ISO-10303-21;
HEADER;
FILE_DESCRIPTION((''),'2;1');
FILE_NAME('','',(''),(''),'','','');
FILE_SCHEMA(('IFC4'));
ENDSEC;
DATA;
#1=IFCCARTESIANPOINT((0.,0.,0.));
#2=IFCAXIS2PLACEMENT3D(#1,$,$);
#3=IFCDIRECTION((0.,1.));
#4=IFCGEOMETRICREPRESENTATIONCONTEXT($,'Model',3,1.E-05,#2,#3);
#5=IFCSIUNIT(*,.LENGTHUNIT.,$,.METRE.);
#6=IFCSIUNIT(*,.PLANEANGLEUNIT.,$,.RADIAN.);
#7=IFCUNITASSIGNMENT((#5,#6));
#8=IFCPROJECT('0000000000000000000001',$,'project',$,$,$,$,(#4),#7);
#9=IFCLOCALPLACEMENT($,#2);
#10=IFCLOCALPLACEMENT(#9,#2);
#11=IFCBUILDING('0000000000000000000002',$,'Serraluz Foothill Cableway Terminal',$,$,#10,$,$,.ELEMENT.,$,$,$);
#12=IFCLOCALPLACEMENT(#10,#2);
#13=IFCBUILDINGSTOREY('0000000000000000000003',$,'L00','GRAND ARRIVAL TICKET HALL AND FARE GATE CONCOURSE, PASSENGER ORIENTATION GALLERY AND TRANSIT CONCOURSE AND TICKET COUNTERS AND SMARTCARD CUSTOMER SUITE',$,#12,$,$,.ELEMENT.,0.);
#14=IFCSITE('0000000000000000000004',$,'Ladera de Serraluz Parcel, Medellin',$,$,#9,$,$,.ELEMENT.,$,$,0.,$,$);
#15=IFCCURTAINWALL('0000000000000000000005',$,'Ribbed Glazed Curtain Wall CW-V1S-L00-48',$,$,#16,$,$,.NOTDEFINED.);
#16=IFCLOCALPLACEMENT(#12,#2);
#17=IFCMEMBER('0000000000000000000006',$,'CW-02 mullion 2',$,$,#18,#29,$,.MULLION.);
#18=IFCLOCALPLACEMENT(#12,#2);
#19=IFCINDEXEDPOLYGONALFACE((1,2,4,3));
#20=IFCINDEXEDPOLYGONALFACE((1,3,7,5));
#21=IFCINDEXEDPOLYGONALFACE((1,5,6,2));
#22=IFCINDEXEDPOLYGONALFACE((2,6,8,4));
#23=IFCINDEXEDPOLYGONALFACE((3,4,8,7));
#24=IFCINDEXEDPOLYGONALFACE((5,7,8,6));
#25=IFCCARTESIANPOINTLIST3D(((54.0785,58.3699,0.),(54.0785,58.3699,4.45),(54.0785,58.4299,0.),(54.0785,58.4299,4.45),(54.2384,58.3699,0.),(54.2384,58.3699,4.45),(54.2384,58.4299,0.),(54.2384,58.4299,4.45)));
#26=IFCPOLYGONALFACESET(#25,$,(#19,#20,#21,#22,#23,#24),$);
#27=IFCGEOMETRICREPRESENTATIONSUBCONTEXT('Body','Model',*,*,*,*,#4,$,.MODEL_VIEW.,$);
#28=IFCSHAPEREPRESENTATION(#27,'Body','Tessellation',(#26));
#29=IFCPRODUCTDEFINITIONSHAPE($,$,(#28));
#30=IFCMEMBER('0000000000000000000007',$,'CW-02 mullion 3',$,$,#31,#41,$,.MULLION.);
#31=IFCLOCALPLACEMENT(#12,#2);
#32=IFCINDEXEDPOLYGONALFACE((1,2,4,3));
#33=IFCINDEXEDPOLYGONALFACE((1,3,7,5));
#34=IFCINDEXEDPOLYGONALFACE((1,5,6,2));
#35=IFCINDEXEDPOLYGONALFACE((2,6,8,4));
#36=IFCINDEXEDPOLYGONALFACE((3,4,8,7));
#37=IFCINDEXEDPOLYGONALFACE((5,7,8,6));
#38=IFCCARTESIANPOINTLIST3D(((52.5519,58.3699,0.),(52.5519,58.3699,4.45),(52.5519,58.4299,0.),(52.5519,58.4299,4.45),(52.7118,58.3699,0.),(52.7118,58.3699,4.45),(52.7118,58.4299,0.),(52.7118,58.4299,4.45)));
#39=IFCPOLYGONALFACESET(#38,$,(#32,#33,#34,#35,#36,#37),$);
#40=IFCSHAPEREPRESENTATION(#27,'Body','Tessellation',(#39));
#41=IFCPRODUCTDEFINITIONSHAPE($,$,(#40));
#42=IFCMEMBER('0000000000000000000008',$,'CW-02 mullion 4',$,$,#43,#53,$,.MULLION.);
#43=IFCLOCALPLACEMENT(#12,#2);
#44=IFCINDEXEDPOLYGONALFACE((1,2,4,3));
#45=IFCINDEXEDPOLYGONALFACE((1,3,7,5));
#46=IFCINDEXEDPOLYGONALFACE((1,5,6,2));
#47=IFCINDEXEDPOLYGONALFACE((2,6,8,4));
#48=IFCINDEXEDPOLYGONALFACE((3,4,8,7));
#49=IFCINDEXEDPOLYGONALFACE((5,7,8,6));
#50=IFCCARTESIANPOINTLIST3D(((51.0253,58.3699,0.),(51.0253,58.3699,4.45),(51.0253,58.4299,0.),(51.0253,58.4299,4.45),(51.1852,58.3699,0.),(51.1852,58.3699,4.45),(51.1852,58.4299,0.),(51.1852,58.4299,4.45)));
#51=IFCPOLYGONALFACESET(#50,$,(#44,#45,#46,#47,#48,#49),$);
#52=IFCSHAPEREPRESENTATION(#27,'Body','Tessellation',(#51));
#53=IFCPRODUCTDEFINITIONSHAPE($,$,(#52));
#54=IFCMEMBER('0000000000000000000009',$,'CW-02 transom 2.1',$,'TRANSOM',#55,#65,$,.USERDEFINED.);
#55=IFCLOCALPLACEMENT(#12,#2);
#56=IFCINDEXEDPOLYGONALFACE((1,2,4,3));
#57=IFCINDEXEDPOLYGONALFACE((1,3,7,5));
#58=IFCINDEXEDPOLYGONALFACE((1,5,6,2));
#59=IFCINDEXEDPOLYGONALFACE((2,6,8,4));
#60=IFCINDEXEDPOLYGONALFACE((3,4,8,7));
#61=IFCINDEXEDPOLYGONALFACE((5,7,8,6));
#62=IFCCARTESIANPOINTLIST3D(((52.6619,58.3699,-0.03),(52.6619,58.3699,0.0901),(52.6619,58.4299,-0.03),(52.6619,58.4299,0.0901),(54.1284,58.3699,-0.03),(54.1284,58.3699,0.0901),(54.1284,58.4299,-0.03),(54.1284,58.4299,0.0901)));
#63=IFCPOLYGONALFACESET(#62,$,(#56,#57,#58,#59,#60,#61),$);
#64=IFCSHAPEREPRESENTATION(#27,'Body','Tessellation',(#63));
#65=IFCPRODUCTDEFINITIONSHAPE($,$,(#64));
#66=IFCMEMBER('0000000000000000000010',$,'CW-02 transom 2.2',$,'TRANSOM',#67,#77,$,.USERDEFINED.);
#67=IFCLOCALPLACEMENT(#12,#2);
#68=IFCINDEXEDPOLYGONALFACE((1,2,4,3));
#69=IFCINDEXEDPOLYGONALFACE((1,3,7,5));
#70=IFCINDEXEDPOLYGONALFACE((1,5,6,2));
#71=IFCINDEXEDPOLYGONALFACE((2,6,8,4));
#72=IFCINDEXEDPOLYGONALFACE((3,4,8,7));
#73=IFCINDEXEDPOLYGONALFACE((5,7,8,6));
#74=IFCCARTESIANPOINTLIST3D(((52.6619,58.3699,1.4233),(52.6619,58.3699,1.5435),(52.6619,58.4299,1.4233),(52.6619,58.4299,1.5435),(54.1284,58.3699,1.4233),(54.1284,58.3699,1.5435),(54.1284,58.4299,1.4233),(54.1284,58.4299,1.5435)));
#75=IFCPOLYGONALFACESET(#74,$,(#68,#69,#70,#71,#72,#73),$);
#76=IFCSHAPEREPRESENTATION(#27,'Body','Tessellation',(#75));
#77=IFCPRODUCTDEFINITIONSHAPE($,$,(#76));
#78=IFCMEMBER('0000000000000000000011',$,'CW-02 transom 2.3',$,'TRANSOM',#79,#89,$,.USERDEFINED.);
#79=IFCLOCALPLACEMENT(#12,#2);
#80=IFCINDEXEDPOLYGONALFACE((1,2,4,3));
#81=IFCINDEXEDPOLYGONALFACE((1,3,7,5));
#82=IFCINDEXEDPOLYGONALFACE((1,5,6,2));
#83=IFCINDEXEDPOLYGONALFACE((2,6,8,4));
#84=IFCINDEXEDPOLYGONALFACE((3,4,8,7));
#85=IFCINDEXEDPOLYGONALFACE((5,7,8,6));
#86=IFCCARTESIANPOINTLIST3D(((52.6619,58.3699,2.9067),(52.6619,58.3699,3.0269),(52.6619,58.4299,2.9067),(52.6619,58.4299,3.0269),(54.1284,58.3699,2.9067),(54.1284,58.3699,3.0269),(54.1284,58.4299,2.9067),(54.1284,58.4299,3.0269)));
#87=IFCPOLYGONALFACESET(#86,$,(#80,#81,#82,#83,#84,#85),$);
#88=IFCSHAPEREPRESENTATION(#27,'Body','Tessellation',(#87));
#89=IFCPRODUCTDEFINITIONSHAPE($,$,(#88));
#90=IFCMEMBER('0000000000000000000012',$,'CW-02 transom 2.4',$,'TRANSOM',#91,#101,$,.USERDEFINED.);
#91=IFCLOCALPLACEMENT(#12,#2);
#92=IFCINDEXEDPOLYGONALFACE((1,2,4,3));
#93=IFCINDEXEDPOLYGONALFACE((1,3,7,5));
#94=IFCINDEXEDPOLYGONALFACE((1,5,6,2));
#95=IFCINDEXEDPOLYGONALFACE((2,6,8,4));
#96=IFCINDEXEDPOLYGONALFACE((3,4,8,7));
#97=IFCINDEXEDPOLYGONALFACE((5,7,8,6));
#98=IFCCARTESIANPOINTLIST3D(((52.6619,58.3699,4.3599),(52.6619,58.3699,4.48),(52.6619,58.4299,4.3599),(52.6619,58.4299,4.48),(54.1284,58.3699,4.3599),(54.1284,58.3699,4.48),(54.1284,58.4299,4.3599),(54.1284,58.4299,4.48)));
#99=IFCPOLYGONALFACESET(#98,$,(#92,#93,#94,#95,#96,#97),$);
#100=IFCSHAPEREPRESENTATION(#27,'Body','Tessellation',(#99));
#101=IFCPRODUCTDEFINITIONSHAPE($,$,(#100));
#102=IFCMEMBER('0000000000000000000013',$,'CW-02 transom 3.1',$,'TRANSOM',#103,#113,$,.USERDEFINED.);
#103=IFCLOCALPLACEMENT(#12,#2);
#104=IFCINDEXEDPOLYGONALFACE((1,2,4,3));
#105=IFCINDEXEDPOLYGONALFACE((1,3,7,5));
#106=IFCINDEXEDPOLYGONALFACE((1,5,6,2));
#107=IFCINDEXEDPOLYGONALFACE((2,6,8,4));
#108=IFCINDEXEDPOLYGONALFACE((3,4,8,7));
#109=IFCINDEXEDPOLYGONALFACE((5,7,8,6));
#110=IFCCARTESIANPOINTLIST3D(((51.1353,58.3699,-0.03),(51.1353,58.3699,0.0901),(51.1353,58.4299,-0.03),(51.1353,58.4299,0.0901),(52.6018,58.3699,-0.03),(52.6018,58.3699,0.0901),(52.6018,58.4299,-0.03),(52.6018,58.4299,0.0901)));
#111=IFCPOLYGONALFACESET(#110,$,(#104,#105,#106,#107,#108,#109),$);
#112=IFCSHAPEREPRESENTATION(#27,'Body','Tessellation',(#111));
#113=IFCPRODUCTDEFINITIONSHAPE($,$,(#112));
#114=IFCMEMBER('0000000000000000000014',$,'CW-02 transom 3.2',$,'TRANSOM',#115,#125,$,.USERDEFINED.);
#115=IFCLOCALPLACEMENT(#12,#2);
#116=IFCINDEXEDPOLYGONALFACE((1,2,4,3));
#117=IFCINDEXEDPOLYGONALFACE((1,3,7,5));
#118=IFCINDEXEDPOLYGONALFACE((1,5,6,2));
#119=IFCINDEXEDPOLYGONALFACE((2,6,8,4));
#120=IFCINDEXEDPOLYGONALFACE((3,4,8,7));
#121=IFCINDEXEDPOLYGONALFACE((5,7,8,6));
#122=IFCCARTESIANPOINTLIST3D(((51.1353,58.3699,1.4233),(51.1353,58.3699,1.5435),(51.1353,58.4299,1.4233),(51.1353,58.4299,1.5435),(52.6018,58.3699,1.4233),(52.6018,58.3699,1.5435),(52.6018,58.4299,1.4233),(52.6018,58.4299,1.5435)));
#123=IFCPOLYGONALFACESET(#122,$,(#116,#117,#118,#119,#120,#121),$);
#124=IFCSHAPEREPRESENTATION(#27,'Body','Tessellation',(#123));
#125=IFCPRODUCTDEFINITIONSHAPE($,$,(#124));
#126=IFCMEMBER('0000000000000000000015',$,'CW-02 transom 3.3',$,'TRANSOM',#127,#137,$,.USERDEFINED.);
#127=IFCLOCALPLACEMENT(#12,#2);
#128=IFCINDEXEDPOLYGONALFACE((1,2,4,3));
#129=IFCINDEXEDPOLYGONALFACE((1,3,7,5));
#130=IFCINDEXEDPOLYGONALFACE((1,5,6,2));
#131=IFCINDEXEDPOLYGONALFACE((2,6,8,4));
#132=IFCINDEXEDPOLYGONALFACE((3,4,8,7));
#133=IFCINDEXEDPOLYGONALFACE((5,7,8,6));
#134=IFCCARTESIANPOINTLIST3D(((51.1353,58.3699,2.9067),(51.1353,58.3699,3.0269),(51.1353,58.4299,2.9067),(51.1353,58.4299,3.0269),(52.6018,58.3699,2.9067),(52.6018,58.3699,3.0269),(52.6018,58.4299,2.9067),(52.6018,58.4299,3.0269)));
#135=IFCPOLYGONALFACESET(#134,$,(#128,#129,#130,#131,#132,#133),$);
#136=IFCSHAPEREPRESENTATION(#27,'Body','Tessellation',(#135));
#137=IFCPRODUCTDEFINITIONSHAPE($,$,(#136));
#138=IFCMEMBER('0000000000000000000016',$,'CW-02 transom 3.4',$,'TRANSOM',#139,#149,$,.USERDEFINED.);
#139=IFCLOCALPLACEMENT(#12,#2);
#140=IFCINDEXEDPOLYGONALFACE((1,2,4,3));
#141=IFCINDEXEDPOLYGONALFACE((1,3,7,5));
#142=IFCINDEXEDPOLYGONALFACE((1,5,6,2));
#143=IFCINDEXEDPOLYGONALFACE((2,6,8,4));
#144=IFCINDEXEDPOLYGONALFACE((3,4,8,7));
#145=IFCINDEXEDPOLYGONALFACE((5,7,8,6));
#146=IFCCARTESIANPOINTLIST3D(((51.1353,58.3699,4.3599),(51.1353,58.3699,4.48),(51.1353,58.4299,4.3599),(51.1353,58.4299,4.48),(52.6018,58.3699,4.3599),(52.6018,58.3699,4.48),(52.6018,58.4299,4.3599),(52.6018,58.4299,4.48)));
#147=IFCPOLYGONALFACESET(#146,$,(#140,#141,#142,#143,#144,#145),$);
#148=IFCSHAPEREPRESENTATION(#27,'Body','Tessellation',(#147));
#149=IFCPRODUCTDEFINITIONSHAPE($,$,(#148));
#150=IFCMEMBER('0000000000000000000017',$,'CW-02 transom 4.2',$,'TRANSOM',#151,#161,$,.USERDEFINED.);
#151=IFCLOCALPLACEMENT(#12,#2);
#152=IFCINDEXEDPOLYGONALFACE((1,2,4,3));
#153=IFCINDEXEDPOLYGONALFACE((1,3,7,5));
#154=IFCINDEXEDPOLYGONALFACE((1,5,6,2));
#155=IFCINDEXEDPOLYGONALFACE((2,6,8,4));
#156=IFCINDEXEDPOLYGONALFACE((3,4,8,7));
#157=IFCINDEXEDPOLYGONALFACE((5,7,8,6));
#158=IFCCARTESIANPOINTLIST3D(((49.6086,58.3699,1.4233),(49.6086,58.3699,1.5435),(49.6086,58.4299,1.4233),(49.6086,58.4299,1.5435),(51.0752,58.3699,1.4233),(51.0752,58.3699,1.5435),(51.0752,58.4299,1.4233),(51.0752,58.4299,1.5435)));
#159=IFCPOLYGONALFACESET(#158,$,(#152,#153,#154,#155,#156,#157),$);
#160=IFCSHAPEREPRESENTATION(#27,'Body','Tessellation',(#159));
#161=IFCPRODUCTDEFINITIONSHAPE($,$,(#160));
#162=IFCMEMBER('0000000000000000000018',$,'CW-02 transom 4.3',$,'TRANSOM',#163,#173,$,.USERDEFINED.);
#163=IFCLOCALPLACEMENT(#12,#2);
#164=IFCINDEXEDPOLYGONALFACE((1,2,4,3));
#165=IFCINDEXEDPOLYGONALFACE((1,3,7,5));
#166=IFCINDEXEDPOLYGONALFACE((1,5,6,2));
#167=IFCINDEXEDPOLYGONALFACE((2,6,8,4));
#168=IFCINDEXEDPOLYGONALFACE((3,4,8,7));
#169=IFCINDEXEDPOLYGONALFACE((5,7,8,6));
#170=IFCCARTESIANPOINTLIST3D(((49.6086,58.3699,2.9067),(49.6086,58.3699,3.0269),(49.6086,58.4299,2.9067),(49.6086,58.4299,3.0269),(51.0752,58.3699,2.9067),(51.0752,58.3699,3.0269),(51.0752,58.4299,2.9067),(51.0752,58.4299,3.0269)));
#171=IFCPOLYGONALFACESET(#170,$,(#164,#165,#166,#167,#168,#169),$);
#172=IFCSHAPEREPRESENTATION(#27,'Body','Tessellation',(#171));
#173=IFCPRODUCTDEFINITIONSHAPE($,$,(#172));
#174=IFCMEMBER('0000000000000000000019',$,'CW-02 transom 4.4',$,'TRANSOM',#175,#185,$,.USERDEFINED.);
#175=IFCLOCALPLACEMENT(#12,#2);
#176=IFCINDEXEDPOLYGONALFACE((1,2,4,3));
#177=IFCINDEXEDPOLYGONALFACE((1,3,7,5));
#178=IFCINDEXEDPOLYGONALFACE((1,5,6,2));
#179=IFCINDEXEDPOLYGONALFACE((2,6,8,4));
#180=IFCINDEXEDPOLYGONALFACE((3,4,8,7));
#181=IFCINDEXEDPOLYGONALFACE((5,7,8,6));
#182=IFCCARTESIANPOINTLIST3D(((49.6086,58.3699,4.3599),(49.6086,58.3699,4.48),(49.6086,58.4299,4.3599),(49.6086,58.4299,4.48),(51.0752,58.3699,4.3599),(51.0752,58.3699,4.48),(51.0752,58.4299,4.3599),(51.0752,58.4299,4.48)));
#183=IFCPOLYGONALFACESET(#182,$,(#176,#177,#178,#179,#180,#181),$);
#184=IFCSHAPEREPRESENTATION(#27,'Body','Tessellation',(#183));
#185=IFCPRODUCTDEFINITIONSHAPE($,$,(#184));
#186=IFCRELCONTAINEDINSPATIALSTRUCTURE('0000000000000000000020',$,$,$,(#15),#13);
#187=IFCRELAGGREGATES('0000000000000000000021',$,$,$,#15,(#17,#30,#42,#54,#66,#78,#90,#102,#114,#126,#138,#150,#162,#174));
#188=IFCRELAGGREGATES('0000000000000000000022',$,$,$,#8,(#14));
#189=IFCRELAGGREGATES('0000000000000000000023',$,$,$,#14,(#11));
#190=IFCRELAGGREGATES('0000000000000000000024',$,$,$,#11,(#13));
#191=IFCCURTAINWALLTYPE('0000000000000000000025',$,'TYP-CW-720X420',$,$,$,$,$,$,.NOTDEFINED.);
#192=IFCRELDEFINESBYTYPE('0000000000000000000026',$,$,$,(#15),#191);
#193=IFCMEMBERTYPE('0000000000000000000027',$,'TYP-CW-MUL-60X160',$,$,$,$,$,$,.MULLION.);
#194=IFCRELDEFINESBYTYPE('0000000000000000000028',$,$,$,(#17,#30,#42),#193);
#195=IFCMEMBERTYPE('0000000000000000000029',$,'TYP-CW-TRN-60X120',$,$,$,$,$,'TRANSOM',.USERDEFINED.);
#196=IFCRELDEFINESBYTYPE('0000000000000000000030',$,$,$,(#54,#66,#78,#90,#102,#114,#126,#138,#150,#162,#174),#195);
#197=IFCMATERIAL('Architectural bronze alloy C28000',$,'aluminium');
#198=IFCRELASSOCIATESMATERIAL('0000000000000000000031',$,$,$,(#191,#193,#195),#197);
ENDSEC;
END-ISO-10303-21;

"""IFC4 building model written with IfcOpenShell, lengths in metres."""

from ifc_helpers import new_model, si_unit, direction, frame, origin, origin_2d, place, context, subcontext, project, spatial, rectangle, extrude, material, material_profile, profile_set, type_object, element, aggregate, save


model = new_model("IFC4")

# Units and contexts
model_context = context("Model", 3, precision=1e-05, world=origin(), true_north=direction((0.0, 1.0)))
body_context = subcontext(model_context, "Body", "Model", "MODEL_VIEW")
ifc_project = project(units=[si_unit("LENGTHUNIT", "METRE"), si_unit("PLANEANGLEUNIT", "RADIAN")], contexts=[model_context])

# Site, building, storey
site_placement = place(None, origin())
site = spatial("IfcSite", under=ifc_project, at=site_placement, Name="Ladera de Serraluz Parcel, Medellin", CompositionType="ELEMENT", RefElevation=0.0)
building_placement = place(site_placement, origin())
building = spatial("IfcBuilding", under=site, at=building_placement, Name="Serraluz Foothill Cableway Terminal", CompositionType="ELEMENT")
storey_placement = place(building_placement, origin())
storey = spatial("IfcBuildingStorey", under=building, at=storey_placement, Name="L00", Description="GRAND ARRIVAL TICKET HALL AND FARE GATE CONCOURSE, PASSENGER ORIENTATION GALLERY AND TRANSIT CONCOURSE AND TICKET COUNTERS AND SMARTCARD CUSTOMER SUITE", CompositionType="ELEMENT", Elevation=0.0)

# Curtain wall, members
ifc_material_1 = material(Name="Architectural bronze alloy C28000", Category="aluminium")
curtain_wall_type = type_object("IfcCurtainWallType", Name="TYP-CW-720X420", PredefinedType="NOTDEFINED", material=ifc_material_1)
curtain_wall_placement = place(storey_placement, origin())
curtain_wall = element("IfcCurtainWall", 1, at=curtain_wall_placement, inside=storey, type_object=curtain_wall_type, Name="Ribbed Glazed Curtain Wall CW-V1S-L00-48", PredefinedType="NOTDEFINED")
ifc_material_profile_1 = material_profile(ifc_material_1, rectangle(XDim=0.0601, YDim=0.1599, at=origin_2d()), Name="ALU MULLION 60x160")
ifc_profile_set_1 = profile_set([ifc_material_profile_1], Name="Architectural bronze alloy C28000")
member_type_1 = type_object("IfcMemberType", Name="TYP-CW-MUL-60X160", PredefinedType="MULLION", material=ifc_profile_set_1)
member_1_placement = place(storey_placement, frame((54.1584, 58.3999, 0.0), z_axis=(0.0, 0.0, 1.0), x_axis=(0.0, -1.0, 0.0)))
member_1 = element("IfcMember", 2, at=member_1_placement, type_object=member_type_1, Name="CW-02 mullion 2", PredefinedType="MULLION", context=body_context, shape_type="SweptSolid", body=[
    extrude(rectangle(XDim=0.0601, YDim=0.1599, at=origin_2d()), origin(), (0.0, 0.0, 1.0), 4.45),
])
member_2_placement = place(storey_placement, frame((52.6318, 58.3999, 0.0), z_axis=(0.0, 0.0, 1.0), x_axis=(0.0, -1.0, 0.0)))
member_2 = element("IfcMember", 3, at=member_2_placement, type_object=member_type_1, Name="CW-02 mullion 3", PredefinedType="MULLION", context=body_context, shape_type="SweptSolid", body=[
    extrude(rectangle(XDim=0.0601, YDim=0.1599, at=origin_2d()), origin(), (0.0, 0.0, 1.0), 4.45),
])
member_3_placement = place(storey_placement, frame((51.1052, 58.3999, 0.0), z_axis=(0.0, 0.0, 1.0), x_axis=(0.0, -1.0, 0.0)))
member_3 = element("IfcMember", 4, at=member_3_placement, type_object=member_type_1, Name="CW-02 mullion 4", PredefinedType="MULLION", context=body_context, shape_type="SweptSolid", body=[
    extrude(rectangle(XDim=0.0601, YDim=0.1599, at=origin_2d()), origin(), (0.0, 0.0, 1.0), 4.45),
])
ifc_material_profile_2 = material_profile(ifc_material_1, rectangle(XDim=0.0601, YDim=0.1201, at=origin_2d()), Name="ALU TRANSOM 60x120")
ifc_profile_set_2 = profile_set([ifc_material_profile_2], Name="Architectural bronze alloy C28000")
member_type_2 = type_object("IfcMemberType", Name="TYP-CW-TRN-60X120", ElementType="TRANSOM", PredefinedType="USERDEFINED", material=ifc_profile_set_2)
member_4_placement = place(storey_placement, frame((54.1284, 58.3999, 0.03), z_axis=(-1.0, 0.0, 0.0), x_axis=(0.0, -1.0, 0.0)))
member_4 = element("IfcMember", 5, at=member_4_placement, type_object=member_type_2, Name="CW-02 transom 2.1", ObjectType="TRANSOM", PredefinedType="USERDEFINED", context=body_context, shape_type="SweptSolid", body=[
    extrude(rectangle(XDim=0.0601, YDim=0.1201, at=origin_2d()), origin(), (0.0, 0.0, 1.0), 1.4666),
])
member_5_placement = place(storey_placement, frame((54.1284, 58.3999, 1.4834), z_axis=(-1.0, 0.0, 0.0), x_axis=(0.0, -1.0, 0.0)))
member_5 = element("IfcMember", 6, at=member_5_placement, type_object=member_type_2, Name="CW-02 transom 2.2", ObjectType="TRANSOM", PredefinedType="USERDEFINED", context=body_context, shape_type="SweptSolid", body=[
    extrude(rectangle(XDim=0.0601, YDim=0.1201, at=origin_2d()), origin(), (0.0, 0.0, 1.0), 1.4666),
])
member_6_placement = place(storey_placement, frame((54.1284, 58.3999, 2.9668), z_axis=(-1.0, 0.0, 0.0), x_axis=(0.0, -1.0, 0.0)))
member_6 = element("IfcMember", 7, at=member_6_placement, type_object=member_type_2, Name="CW-02 transom 2.3", ObjectType="TRANSOM", PredefinedType="USERDEFINED", context=body_context, shape_type="SweptSolid", body=[
    extrude(rectangle(XDim=0.0601, YDim=0.1201, at=origin_2d()), origin(), (0.0, 0.0, 1.0), 1.4666),
])
member_7_placement = place(storey_placement, frame((54.1284, 58.3999, 4.4199), z_axis=(-1.0, 0.0, 0.0), x_axis=(0.0, -1.0, 0.0)))
member_7 = element("IfcMember", 8, at=member_7_placement, type_object=member_type_2, Name="CW-02 transom 2.4", ObjectType="TRANSOM", PredefinedType="USERDEFINED", context=body_context, shape_type="SweptSolid", body=[
    extrude(rectangle(XDim=0.0601, YDim=0.1201, at=origin_2d()), origin(), (0.0, 0.0, 1.0), 1.4666),
])
member_8_placement = place(storey_placement, frame((52.6018, 58.3999, 0.03), z_axis=(-1.0, 0.0, 0.0), x_axis=(0.0, -1.0, 0.0)))
member_8 = element("IfcMember", 9, at=member_8_placement, type_object=member_type_2, Name="CW-02 transom 3.1", ObjectType="TRANSOM", PredefinedType="USERDEFINED", context=body_context, shape_type="SweptSolid", body=[
    extrude(rectangle(XDim=0.0601, YDim=0.1201, at=origin_2d()), origin(), (0.0, 0.0, 1.0), 1.4666),
])
member_9_placement = place(storey_placement, frame((52.6018, 58.3999, 1.4834), z_axis=(-1.0, 0.0, 0.0), x_axis=(0.0, -1.0, 0.0)))
member_9 = element("IfcMember", 10, at=member_9_placement, type_object=member_type_2, Name="CW-02 transom 3.2", ObjectType="TRANSOM", PredefinedType="USERDEFINED", context=body_context, shape_type="SweptSolid", body=[
    extrude(rectangle(XDim=0.0601, YDim=0.1201, at=origin_2d()), origin(), (0.0, 0.0, 1.0), 1.4666),
])
member_10_placement = place(storey_placement, frame((52.6018, 58.3999, 2.9668), z_axis=(-1.0, 0.0, 0.0), x_axis=(0.0, -1.0, 0.0)))
member_10 = element("IfcMember", 11, at=member_10_placement, type_object=member_type_2, Name="CW-02 transom 3.3", ObjectType="TRANSOM", PredefinedType="USERDEFINED", context=body_context, shape_type="SweptSolid", body=[
    extrude(rectangle(XDim=0.0601, YDim=0.1201, at=origin_2d()), origin(), (0.0, 0.0, 1.0), 1.4666),
])
member_11_placement = place(storey_placement, frame((52.6018, 58.3999, 4.4199), z_axis=(-1.0, 0.0, 0.0), x_axis=(0.0, -1.0, 0.0)))
member_11 = element("IfcMember", 12, at=member_11_placement, type_object=member_type_2, Name="CW-02 transom 3.4", ObjectType="TRANSOM", PredefinedType="USERDEFINED", context=body_context, shape_type="SweptSolid", body=[
    extrude(rectangle(XDim=0.0601, YDim=0.1201, at=origin_2d()), origin(), (0.0, 0.0, 1.0), 1.4666),
])
member_12_placement = place(storey_placement, frame((51.0752, 58.3999, 1.4834), z_axis=(-1.0, 0.0, 0.0), x_axis=(0.0, -1.0, 0.0)))
member_12 = element("IfcMember", 13, at=member_12_placement, type_object=member_type_2, Name="CW-02 transom 4.2", ObjectType="TRANSOM", PredefinedType="USERDEFINED", context=body_context, shape_type="SweptSolid", body=[
    extrude(rectangle(XDim=0.0601, YDim=0.1201, at=origin_2d()), origin(), (0.0, 0.0, 1.0), 1.4666),
])
member_13_placement = place(storey_placement, frame((51.0752, 58.3999, 2.9668), z_axis=(-1.0, 0.0, 0.0), x_axis=(0.0, -1.0, 0.0)))
member_13 = element("IfcMember", 14, at=member_13_placement, type_object=member_type_2, Name="CW-02 transom 4.3", ObjectType="TRANSOM", PredefinedType="USERDEFINED", context=body_context, shape_type="SweptSolid", body=[
    extrude(rectangle(XDim=0.0601, YDim=0.1201, at=origin_2d()), origin(), (0.0, 0.0, 1.0), 1.4666),
])
member_14_placement = place(storey_placement, frame((51.0752, 58.3999, 4.4199), z_axis=(-1.0, 0.0, 0.0), x_axis=(0.0, -1.0, 0.0)))
member_14 = element("IfcMember", 15, at=member_14_placement, type_object=member_type_2, Name="CW-02 transom 4.4", ObjectType="TRANSOM", PredefinedType="USERDEFINED", context=body_context, shape_type="SweptSolid", body=[
    extrude(rectangle(XDim=0.0601, YDim=0.1201, at=origin_2d()), origin(), (0.0, 0.0, 1.0), 1.4666),
])
aggregate(curtain_wall, [member_1, member_2, member_3, member_4, member_5, member_6, member_7, member_8, member_9, member_10, member_11, member_12, member_13, member_14])

save(model, "model.ifc")
